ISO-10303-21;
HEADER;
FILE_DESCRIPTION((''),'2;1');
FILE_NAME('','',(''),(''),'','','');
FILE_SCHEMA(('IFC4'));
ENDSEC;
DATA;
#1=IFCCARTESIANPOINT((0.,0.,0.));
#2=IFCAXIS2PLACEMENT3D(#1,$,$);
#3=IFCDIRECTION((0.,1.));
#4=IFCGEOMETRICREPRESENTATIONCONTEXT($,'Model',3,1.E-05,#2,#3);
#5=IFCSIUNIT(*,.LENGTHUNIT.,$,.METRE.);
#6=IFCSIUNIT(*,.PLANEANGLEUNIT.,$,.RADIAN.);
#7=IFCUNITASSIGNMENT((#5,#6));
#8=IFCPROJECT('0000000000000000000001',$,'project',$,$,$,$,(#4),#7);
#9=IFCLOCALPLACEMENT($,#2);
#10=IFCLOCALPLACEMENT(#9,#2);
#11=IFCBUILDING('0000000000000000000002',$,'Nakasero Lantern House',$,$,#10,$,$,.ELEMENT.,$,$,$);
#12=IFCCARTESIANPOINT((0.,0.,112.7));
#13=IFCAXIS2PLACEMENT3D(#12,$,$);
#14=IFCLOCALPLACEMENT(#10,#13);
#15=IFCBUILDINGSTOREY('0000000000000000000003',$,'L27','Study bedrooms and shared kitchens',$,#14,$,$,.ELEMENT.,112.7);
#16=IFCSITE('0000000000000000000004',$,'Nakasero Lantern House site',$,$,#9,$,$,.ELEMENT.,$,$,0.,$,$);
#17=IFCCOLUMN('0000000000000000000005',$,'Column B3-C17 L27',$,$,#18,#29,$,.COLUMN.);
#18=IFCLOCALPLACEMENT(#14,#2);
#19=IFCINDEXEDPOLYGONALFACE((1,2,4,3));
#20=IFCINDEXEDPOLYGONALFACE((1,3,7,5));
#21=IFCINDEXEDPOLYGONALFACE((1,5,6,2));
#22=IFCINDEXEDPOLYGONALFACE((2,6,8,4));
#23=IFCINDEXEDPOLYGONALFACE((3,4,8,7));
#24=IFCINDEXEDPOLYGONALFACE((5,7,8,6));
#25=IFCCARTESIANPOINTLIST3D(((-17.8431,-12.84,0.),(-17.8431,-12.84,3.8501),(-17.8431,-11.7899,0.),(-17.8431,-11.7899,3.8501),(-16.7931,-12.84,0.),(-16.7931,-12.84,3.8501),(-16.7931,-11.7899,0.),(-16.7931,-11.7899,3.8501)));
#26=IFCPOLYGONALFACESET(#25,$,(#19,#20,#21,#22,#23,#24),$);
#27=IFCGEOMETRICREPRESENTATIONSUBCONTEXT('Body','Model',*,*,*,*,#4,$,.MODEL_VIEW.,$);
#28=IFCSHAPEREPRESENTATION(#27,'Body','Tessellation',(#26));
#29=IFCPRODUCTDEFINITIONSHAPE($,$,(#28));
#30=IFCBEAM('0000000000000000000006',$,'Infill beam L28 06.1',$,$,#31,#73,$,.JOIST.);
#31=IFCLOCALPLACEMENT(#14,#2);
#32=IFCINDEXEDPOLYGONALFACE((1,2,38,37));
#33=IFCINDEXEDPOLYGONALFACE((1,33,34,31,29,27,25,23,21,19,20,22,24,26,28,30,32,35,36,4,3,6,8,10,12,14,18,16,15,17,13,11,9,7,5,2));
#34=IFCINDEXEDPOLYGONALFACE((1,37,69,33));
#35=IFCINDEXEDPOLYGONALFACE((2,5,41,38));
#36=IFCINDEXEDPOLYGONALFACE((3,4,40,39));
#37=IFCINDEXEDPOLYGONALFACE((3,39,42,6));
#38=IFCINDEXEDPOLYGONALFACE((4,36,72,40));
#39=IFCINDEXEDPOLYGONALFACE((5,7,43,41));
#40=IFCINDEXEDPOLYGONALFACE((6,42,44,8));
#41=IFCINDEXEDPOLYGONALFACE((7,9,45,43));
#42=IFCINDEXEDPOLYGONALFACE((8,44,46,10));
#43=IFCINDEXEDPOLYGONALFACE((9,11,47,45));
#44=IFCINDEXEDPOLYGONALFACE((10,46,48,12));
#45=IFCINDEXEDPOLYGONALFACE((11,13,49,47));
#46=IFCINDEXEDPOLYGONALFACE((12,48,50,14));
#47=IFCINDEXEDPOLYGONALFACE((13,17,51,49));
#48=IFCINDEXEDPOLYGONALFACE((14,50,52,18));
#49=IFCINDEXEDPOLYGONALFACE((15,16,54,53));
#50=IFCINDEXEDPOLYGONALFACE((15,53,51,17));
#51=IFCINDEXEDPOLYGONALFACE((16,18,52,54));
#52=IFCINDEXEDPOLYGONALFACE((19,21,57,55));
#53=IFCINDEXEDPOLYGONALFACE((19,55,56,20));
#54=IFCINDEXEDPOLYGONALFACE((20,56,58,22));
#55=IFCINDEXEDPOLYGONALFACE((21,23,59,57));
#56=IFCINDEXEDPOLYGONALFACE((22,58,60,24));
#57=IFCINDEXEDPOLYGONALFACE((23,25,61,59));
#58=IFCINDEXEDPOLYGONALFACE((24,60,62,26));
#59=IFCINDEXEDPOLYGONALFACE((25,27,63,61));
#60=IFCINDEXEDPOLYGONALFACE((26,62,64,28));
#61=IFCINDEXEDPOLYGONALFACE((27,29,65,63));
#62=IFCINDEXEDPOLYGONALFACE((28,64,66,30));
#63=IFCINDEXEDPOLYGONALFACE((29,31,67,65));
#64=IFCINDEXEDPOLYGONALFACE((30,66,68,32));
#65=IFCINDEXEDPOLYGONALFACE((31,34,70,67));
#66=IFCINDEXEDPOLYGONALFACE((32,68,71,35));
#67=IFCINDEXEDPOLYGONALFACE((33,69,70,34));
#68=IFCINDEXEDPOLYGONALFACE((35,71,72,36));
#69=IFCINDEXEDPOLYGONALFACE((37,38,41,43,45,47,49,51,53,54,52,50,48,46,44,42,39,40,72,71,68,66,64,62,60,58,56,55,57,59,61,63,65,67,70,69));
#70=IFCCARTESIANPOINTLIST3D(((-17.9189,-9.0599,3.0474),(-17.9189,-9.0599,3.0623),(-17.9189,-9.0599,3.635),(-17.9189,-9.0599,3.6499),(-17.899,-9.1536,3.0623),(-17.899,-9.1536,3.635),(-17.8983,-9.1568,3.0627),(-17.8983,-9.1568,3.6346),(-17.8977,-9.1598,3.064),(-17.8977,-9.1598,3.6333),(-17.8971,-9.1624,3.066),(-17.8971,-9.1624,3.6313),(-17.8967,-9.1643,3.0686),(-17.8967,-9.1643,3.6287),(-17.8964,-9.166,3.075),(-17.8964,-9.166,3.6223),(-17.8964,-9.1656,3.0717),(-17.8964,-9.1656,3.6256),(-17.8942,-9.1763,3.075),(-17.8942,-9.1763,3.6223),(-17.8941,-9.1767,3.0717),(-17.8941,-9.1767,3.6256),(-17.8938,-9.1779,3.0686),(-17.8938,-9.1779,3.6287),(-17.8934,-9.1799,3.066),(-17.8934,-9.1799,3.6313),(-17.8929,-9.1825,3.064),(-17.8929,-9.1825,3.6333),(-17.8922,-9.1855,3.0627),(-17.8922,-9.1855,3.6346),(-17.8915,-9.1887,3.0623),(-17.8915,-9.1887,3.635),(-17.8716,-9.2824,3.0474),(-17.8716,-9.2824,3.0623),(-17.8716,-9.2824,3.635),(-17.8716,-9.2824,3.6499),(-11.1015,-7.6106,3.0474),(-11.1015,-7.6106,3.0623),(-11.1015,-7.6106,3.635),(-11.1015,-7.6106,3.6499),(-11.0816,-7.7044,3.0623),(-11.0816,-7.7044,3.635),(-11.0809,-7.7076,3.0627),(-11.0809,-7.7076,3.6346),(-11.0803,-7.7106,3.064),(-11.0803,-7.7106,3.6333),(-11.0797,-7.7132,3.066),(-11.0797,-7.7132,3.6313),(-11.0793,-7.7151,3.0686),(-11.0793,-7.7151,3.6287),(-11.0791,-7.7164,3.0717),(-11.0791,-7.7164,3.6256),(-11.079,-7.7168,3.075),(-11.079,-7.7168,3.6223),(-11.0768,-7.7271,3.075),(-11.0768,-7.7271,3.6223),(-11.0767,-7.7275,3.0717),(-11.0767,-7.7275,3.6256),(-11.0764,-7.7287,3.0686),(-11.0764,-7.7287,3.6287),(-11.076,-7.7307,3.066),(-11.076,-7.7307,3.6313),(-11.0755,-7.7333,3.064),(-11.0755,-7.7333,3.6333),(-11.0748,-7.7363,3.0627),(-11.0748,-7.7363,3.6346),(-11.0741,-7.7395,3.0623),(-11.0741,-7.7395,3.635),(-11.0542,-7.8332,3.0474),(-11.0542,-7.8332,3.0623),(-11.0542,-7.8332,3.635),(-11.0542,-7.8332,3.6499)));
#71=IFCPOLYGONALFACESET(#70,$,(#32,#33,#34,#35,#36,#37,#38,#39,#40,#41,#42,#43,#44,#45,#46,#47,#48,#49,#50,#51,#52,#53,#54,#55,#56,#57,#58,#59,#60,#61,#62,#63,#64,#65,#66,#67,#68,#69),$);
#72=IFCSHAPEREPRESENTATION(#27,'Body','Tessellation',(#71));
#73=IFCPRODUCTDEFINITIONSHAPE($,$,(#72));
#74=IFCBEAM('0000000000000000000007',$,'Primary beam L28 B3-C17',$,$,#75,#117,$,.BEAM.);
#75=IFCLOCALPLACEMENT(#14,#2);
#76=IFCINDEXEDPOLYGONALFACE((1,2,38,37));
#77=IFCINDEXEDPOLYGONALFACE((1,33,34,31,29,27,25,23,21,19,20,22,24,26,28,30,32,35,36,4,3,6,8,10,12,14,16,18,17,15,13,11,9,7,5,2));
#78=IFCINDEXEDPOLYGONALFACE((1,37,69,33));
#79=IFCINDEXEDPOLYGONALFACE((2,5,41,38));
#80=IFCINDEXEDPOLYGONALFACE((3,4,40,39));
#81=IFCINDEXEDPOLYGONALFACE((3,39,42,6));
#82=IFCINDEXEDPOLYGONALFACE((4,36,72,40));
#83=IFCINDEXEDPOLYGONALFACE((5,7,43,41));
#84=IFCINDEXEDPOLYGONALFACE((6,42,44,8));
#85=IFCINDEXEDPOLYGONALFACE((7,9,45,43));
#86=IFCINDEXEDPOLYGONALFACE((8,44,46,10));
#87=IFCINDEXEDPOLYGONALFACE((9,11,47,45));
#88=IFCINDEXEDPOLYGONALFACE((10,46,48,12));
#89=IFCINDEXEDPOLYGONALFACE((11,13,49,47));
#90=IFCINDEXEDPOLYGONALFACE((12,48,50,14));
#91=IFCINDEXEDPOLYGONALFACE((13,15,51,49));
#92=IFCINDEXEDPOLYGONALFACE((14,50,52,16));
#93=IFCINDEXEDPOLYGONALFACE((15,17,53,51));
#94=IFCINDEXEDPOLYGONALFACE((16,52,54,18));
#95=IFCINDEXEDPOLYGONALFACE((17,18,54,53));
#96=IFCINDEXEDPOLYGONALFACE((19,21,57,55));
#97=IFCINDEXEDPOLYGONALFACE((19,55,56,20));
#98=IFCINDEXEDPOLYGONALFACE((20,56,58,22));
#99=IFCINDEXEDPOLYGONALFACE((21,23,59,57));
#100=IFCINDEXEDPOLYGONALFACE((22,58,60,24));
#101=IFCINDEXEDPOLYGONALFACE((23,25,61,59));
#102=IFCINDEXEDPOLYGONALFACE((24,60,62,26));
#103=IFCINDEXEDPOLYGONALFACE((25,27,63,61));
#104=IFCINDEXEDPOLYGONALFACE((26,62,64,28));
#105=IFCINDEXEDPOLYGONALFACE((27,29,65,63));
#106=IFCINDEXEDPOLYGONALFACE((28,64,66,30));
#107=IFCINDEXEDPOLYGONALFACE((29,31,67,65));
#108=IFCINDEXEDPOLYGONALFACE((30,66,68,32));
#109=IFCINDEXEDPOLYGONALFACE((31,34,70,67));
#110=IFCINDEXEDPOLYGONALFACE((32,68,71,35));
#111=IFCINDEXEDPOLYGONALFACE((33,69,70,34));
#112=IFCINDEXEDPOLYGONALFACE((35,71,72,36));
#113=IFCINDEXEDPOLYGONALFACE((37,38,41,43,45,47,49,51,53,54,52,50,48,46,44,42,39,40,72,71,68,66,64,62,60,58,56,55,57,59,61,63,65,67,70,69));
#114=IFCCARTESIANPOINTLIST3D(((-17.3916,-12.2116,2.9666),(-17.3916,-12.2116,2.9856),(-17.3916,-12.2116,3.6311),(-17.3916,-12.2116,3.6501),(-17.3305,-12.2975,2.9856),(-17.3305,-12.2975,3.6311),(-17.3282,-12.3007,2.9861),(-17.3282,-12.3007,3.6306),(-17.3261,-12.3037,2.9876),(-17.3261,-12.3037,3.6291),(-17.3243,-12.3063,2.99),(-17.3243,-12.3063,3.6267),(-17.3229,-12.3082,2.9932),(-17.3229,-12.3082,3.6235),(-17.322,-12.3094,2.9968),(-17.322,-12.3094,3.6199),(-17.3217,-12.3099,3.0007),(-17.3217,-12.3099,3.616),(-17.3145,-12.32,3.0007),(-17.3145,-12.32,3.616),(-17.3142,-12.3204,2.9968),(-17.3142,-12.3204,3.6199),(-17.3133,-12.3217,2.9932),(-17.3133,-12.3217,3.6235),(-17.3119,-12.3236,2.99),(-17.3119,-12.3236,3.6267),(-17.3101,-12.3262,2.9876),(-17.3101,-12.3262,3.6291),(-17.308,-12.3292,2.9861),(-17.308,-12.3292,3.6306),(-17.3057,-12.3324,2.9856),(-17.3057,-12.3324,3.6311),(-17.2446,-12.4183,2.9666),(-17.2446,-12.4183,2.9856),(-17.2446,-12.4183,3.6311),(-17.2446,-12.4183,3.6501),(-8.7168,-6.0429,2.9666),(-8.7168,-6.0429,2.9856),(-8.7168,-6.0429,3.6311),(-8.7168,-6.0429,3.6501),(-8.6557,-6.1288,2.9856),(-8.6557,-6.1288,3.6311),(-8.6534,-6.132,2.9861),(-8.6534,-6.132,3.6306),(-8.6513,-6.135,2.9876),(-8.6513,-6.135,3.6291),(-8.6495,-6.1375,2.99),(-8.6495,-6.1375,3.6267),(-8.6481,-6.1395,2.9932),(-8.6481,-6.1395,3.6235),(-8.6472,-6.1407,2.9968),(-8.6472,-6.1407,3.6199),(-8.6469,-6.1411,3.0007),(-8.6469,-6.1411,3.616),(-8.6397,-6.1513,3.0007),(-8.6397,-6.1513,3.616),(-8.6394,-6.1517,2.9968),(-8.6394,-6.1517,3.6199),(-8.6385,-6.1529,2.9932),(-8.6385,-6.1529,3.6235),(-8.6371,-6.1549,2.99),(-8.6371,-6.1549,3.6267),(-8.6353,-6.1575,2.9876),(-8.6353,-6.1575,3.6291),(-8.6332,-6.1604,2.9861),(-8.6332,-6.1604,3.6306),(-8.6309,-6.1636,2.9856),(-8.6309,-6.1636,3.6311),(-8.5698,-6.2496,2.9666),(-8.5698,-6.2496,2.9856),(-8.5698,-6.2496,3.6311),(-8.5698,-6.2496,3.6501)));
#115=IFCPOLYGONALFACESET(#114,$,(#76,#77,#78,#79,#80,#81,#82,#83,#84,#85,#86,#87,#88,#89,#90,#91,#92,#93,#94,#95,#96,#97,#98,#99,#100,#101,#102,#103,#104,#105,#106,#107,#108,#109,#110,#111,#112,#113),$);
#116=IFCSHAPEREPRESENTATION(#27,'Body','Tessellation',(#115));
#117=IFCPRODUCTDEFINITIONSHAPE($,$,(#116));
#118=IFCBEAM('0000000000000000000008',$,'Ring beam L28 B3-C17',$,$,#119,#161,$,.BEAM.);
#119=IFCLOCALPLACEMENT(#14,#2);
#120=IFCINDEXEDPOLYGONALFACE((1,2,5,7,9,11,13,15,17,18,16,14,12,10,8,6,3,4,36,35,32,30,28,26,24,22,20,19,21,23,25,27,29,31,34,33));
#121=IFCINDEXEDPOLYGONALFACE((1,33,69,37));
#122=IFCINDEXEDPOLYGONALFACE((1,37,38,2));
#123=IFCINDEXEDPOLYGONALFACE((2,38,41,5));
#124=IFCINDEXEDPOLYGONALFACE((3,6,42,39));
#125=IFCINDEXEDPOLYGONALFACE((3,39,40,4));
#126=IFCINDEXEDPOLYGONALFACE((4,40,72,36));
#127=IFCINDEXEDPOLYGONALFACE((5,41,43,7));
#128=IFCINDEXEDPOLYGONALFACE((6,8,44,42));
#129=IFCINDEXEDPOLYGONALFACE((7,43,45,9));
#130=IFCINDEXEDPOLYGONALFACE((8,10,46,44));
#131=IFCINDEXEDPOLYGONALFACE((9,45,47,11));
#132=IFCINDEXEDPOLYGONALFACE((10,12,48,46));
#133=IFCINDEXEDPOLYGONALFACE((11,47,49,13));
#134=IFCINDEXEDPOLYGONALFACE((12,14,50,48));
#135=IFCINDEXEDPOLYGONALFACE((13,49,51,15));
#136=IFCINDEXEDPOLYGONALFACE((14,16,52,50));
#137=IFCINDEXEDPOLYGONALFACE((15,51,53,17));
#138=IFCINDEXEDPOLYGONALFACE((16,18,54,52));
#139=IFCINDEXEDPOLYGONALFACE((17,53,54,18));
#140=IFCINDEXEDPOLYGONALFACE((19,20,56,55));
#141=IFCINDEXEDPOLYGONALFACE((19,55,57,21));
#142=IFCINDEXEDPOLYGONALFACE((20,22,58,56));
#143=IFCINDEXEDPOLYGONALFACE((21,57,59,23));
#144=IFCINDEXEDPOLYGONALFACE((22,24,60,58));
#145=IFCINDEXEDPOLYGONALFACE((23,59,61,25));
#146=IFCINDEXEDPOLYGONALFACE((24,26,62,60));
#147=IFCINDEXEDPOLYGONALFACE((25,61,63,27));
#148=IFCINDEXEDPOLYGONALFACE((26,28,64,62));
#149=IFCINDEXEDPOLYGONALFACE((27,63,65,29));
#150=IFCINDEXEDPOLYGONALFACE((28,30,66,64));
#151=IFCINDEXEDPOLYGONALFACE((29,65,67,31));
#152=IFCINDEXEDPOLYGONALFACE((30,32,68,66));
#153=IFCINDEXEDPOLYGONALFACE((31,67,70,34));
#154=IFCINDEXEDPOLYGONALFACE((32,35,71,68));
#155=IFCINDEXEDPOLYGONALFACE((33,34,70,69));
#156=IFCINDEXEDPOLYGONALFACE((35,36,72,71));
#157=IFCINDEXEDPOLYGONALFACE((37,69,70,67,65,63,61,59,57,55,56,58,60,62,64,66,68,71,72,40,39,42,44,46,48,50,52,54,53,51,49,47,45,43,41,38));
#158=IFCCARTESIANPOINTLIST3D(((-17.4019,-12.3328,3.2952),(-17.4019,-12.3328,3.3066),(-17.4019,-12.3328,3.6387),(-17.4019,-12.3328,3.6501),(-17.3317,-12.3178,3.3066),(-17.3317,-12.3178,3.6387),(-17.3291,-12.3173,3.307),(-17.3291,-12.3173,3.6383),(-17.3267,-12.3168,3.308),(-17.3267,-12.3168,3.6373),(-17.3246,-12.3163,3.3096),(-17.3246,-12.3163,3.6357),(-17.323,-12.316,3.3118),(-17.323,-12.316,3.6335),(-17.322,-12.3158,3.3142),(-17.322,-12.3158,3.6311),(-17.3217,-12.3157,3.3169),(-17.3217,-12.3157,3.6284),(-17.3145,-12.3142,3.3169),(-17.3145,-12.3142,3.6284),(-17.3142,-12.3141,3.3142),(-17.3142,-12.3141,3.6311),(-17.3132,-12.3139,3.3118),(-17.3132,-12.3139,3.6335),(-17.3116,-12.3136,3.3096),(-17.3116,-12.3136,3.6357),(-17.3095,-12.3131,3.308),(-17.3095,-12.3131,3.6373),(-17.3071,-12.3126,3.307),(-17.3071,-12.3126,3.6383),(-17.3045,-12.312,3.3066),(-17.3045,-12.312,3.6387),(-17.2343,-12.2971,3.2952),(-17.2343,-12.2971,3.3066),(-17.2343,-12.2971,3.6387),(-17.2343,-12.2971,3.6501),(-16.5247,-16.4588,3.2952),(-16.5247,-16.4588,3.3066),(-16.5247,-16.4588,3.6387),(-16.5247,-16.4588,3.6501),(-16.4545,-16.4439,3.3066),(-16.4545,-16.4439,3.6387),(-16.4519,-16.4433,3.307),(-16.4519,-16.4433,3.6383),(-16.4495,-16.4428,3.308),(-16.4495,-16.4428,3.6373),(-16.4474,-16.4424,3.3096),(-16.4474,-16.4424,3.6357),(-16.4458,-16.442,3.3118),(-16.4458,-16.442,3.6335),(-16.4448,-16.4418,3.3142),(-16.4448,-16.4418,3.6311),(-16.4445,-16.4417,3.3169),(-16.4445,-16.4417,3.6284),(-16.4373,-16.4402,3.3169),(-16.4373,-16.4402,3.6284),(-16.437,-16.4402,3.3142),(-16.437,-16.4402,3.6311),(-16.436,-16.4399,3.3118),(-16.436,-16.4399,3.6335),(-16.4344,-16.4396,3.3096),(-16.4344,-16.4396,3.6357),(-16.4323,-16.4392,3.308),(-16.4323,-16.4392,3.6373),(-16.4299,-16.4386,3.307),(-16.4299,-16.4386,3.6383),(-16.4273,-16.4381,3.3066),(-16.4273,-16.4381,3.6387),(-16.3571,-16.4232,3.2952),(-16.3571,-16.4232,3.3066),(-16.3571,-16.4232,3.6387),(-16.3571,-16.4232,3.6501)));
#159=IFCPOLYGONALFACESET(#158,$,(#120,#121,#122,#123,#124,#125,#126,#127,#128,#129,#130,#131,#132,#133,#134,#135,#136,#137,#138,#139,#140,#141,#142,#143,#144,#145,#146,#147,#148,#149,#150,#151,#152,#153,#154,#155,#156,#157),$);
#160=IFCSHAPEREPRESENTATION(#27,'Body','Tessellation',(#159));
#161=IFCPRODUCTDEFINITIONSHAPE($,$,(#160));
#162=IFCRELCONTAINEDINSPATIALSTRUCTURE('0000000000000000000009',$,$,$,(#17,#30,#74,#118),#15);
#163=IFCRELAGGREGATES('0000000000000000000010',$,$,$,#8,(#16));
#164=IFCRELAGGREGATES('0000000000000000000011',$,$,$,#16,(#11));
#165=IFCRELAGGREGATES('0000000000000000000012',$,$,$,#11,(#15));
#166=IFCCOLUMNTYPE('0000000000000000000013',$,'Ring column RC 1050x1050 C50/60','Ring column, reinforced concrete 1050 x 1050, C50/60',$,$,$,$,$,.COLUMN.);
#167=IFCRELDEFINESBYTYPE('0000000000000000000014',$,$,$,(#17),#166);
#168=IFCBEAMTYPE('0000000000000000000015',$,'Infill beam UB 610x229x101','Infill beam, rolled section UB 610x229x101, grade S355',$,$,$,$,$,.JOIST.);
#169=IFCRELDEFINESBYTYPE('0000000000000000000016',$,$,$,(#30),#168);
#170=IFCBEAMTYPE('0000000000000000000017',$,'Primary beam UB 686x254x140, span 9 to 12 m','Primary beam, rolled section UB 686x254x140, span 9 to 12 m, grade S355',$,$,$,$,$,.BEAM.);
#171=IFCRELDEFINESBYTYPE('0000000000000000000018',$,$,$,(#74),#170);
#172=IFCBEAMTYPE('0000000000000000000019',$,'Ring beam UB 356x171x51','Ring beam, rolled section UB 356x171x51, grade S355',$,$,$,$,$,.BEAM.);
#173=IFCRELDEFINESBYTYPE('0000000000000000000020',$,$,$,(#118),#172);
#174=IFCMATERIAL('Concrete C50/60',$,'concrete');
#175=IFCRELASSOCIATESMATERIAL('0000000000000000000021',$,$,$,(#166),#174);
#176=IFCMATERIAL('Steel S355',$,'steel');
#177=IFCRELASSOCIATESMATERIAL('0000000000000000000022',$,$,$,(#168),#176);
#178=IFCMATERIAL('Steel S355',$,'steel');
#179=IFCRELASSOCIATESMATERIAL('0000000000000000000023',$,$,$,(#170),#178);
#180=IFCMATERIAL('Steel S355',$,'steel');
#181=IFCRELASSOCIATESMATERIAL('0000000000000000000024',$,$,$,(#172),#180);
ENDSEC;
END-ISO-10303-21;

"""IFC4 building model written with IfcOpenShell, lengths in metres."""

from ifc_helpers import new_model, si_unit, direction, frame, origin, origin_2d, place, context, subcontext, project, spatial, rectangle, i_section, extrude, material, material_profile, profile_set, type_object, element, save


model = new_model("IFC4")

# Units and contexts
model_context = context("Model", 3, precision=1e-05, world=origin(), true_north=direction((0.0, 1.0)))
body_context = subcontext(model_context, "Body", "Model", "MODEL_VIEW")
ifc_project = project(units=[si_unit("LENGTHUNIT", "METRE"), si_unit("PLANEANGLEUNIT", "RADIAN")], contexts=[model_context])

# Site, building, storey
site_placement = place(None, origin())
site = spatial("IfcSite", under=ifc_project, at=site_placement, Name="Nakasero Lantern House site", CompositionType="ELEMENT", RefElevation=0.0)
building_placement = place(site_placement, origin())
building = spatial("IfcBuilding", under=site, at=building_placement, Name="Nakasero Lantern House", CompositionType="ELEMENT")
storey_placement = place(building_placement, frame((0.0, 0.0, 112.7)))
storey = spatial("IfcBuildingStorey", under=building, at=storey_placement, Name="L27", Description="Study bedrooms and shared kitchens", CompositionType="ELEMENT", Elevation=112.7)

# Column
ifc_material_1 = material(Name="Concrete C50/60", Category="concrete")
ifc_material_profile_1 = material_profile(ifc_material_1, rectangle(XDim=1.05, YDim=1.05, at=origin_2d()), Name="RC 1050x1050")
ifc_profile_set_1 = profile_set([ifc_material_profile_1], Name="Concrete C50/60")
column_type = type_object("IfcColumnType", Name="Ring column RC 1050x1050 C50/60", Description="Ring column, reinforced concrete 1050 x 1050, C50/60", PredefinedType="COLUMN", material=ifc_profile_set_1)
column_placement = place(storey_placement, frame((-17.3181, -12.3149, 0.0), z_axis=(0.0, 0.0, 1.0), x_axis=(1.0, 0.0, 0.0)))
element("IfcColumn", 1, at=column_placement, inside=storey, type_object=column_type, Name="Column B3-C17 L27", PredefinedType="COLUMN", context=body_context, shape_type="SweptSolid", body=[
    extrude(rectangle(XDim=1.05, YDim=1.05, at=origin_2d()), origin(), (0.0, 0.0, 1.0), 3.8501),
])

# Beams
ifc_material_2 = material(Name="Steel S355", Category="steel")
ifc_material_profile_2 = material_profile(ifc_material_2, i_section(OverallWidth=0.2275, OverallDepth=0.6025, WebThickness=0.0105, FlangeThickness=0.0149, FilletRadius=0.0127, at=origin_2d()), Name="UB 610x229x101")
ifc_profile_set_2 = profile_set([ifc_material_profile_2], Name="Steel S355")
beam_type_1 = type_object("IfcBeamType", Name="Infill beam UB 610x229x101", Description="Infill beam, rolled section UB 610x229x101, grade S355", PredefinedType="JOIST", material=ifc_profile_set_2)
beam_1_placement = place(storey_placement, frame((-17.8953, -9.1711, 3.3486), z_axis=(0.978144, 0.207931, 0.0), x_axis=(-0.207931, 0.978144, 0.0)))
element("IfcBeam", 2, at=beam_1_placement, inside=storey, type_object=beam_type_1, Name="Infill beam L28 06.1", PredefinedType="JOIST", context=body_context, shape_type="SweptSolid", body=[
    extrude(i_section(OverallWidth=0.2275, OverallDepth=0.6025, WebThickness=0.0105, FlangeThickness=0.0149, FilletRadius=0.0127, at=origin_2d()), origin(), (0.0, 0.0, 1.0), 6.9697),
])
ifc_material_3 = material(Name="Steel S355", Category="steel")
ifc_material_profile_3 = material_profile(ifc_material_3, i_section(OverallWidth=0.2537, OverallDepth=0.6836, WebThickness=0.0125, FlangeThickness=0.019, FilletRadius=0.0151, at=origin_2d()), Name="UB 686x254x140")
ifc_profile_set_3 = profile_set([ifc_material_profile_3], Name="Steel S355")
beam_type_2 = type_object("IfcBeamType", Name="Primary beam UB 686x254x140, span 9 to 12 m", Description="Primary beam, rolled section UB 686x254x140, span 9 to 12 m, grade S355", PredefinedType="BEAM", material=ifc_profile_set_3)
beam_2_placement = place(storey_placement, frame((-17.3181, -12.3149, 3.3083), z_axis=(0.814957, 0.579521, 0.0), x_axis=(-0.579521, 0.814957, 0.0)))
element("IfcBeam", 3, at=beam_2_placement, inside=storey, type_object=beam_type_2, Name="Primary beam L28 B3-C17", PredefinedType="BEAM", context=body_context, shape_type="SweptSolid", body=[
    extrude(i_section(OverallWidth=0.2537, OverallDepth=0.6836, WebThickness=0.0125, FlangeThickness=0.019, FilletRadius=0.0151, at=origin_2d()), origin(), (0.0, 0.0, 1.0), 10.6445),
])
ifc_material_4 = material(Name="Steel S355", Category="steel")
ifc_material_profile_4 = material_profile(ifc_material_4, i_section(OverallWidth=0.1714, OverallDepth=0.355, WebThickness=0.0073, FlangeThickness=0.0115, FilletRadius=0.0103, at=origin_2d()), Name="UB 356x171x51")
ifc_profile_set_4 = profile_set([ifc_material_profile_4], Name="Steel S355")
beam_type_3 = type_object("IfcBeamType", Name="Ring beam UB 356x171x51", Description="Ring beam, rolled section UB 356x171x51, grade S355", PredefinedType="BEAM", material=ifc_profile_set_4)
beam_3_placement = place(storey_placement, frame((-17.3181, -12.3149, 3.4727), z_axis=(0.207956, -0.978138, 0.0), x_axis=(0.978138, 0.207956, 0.0)))
element("IfcBeam", 4, at=beam_3_placement, inside=storey, type_object=beam_type_3, Name="Ring beam L28 B3-C17", PredefinedType="BEAM", context=body_context, shape_type="SweptSolid", body=[
    extrude(i_section(OverallWidth=0.1714, OverallDepth=0.355, WebThickness=0.0073, FlangeThickness=0.0115, FilletRadius=0.0103, at=origin_2d()), origin(), (0.0, 0.0, 1.0), 4.2183),
])

save(model, "model.ifc")
